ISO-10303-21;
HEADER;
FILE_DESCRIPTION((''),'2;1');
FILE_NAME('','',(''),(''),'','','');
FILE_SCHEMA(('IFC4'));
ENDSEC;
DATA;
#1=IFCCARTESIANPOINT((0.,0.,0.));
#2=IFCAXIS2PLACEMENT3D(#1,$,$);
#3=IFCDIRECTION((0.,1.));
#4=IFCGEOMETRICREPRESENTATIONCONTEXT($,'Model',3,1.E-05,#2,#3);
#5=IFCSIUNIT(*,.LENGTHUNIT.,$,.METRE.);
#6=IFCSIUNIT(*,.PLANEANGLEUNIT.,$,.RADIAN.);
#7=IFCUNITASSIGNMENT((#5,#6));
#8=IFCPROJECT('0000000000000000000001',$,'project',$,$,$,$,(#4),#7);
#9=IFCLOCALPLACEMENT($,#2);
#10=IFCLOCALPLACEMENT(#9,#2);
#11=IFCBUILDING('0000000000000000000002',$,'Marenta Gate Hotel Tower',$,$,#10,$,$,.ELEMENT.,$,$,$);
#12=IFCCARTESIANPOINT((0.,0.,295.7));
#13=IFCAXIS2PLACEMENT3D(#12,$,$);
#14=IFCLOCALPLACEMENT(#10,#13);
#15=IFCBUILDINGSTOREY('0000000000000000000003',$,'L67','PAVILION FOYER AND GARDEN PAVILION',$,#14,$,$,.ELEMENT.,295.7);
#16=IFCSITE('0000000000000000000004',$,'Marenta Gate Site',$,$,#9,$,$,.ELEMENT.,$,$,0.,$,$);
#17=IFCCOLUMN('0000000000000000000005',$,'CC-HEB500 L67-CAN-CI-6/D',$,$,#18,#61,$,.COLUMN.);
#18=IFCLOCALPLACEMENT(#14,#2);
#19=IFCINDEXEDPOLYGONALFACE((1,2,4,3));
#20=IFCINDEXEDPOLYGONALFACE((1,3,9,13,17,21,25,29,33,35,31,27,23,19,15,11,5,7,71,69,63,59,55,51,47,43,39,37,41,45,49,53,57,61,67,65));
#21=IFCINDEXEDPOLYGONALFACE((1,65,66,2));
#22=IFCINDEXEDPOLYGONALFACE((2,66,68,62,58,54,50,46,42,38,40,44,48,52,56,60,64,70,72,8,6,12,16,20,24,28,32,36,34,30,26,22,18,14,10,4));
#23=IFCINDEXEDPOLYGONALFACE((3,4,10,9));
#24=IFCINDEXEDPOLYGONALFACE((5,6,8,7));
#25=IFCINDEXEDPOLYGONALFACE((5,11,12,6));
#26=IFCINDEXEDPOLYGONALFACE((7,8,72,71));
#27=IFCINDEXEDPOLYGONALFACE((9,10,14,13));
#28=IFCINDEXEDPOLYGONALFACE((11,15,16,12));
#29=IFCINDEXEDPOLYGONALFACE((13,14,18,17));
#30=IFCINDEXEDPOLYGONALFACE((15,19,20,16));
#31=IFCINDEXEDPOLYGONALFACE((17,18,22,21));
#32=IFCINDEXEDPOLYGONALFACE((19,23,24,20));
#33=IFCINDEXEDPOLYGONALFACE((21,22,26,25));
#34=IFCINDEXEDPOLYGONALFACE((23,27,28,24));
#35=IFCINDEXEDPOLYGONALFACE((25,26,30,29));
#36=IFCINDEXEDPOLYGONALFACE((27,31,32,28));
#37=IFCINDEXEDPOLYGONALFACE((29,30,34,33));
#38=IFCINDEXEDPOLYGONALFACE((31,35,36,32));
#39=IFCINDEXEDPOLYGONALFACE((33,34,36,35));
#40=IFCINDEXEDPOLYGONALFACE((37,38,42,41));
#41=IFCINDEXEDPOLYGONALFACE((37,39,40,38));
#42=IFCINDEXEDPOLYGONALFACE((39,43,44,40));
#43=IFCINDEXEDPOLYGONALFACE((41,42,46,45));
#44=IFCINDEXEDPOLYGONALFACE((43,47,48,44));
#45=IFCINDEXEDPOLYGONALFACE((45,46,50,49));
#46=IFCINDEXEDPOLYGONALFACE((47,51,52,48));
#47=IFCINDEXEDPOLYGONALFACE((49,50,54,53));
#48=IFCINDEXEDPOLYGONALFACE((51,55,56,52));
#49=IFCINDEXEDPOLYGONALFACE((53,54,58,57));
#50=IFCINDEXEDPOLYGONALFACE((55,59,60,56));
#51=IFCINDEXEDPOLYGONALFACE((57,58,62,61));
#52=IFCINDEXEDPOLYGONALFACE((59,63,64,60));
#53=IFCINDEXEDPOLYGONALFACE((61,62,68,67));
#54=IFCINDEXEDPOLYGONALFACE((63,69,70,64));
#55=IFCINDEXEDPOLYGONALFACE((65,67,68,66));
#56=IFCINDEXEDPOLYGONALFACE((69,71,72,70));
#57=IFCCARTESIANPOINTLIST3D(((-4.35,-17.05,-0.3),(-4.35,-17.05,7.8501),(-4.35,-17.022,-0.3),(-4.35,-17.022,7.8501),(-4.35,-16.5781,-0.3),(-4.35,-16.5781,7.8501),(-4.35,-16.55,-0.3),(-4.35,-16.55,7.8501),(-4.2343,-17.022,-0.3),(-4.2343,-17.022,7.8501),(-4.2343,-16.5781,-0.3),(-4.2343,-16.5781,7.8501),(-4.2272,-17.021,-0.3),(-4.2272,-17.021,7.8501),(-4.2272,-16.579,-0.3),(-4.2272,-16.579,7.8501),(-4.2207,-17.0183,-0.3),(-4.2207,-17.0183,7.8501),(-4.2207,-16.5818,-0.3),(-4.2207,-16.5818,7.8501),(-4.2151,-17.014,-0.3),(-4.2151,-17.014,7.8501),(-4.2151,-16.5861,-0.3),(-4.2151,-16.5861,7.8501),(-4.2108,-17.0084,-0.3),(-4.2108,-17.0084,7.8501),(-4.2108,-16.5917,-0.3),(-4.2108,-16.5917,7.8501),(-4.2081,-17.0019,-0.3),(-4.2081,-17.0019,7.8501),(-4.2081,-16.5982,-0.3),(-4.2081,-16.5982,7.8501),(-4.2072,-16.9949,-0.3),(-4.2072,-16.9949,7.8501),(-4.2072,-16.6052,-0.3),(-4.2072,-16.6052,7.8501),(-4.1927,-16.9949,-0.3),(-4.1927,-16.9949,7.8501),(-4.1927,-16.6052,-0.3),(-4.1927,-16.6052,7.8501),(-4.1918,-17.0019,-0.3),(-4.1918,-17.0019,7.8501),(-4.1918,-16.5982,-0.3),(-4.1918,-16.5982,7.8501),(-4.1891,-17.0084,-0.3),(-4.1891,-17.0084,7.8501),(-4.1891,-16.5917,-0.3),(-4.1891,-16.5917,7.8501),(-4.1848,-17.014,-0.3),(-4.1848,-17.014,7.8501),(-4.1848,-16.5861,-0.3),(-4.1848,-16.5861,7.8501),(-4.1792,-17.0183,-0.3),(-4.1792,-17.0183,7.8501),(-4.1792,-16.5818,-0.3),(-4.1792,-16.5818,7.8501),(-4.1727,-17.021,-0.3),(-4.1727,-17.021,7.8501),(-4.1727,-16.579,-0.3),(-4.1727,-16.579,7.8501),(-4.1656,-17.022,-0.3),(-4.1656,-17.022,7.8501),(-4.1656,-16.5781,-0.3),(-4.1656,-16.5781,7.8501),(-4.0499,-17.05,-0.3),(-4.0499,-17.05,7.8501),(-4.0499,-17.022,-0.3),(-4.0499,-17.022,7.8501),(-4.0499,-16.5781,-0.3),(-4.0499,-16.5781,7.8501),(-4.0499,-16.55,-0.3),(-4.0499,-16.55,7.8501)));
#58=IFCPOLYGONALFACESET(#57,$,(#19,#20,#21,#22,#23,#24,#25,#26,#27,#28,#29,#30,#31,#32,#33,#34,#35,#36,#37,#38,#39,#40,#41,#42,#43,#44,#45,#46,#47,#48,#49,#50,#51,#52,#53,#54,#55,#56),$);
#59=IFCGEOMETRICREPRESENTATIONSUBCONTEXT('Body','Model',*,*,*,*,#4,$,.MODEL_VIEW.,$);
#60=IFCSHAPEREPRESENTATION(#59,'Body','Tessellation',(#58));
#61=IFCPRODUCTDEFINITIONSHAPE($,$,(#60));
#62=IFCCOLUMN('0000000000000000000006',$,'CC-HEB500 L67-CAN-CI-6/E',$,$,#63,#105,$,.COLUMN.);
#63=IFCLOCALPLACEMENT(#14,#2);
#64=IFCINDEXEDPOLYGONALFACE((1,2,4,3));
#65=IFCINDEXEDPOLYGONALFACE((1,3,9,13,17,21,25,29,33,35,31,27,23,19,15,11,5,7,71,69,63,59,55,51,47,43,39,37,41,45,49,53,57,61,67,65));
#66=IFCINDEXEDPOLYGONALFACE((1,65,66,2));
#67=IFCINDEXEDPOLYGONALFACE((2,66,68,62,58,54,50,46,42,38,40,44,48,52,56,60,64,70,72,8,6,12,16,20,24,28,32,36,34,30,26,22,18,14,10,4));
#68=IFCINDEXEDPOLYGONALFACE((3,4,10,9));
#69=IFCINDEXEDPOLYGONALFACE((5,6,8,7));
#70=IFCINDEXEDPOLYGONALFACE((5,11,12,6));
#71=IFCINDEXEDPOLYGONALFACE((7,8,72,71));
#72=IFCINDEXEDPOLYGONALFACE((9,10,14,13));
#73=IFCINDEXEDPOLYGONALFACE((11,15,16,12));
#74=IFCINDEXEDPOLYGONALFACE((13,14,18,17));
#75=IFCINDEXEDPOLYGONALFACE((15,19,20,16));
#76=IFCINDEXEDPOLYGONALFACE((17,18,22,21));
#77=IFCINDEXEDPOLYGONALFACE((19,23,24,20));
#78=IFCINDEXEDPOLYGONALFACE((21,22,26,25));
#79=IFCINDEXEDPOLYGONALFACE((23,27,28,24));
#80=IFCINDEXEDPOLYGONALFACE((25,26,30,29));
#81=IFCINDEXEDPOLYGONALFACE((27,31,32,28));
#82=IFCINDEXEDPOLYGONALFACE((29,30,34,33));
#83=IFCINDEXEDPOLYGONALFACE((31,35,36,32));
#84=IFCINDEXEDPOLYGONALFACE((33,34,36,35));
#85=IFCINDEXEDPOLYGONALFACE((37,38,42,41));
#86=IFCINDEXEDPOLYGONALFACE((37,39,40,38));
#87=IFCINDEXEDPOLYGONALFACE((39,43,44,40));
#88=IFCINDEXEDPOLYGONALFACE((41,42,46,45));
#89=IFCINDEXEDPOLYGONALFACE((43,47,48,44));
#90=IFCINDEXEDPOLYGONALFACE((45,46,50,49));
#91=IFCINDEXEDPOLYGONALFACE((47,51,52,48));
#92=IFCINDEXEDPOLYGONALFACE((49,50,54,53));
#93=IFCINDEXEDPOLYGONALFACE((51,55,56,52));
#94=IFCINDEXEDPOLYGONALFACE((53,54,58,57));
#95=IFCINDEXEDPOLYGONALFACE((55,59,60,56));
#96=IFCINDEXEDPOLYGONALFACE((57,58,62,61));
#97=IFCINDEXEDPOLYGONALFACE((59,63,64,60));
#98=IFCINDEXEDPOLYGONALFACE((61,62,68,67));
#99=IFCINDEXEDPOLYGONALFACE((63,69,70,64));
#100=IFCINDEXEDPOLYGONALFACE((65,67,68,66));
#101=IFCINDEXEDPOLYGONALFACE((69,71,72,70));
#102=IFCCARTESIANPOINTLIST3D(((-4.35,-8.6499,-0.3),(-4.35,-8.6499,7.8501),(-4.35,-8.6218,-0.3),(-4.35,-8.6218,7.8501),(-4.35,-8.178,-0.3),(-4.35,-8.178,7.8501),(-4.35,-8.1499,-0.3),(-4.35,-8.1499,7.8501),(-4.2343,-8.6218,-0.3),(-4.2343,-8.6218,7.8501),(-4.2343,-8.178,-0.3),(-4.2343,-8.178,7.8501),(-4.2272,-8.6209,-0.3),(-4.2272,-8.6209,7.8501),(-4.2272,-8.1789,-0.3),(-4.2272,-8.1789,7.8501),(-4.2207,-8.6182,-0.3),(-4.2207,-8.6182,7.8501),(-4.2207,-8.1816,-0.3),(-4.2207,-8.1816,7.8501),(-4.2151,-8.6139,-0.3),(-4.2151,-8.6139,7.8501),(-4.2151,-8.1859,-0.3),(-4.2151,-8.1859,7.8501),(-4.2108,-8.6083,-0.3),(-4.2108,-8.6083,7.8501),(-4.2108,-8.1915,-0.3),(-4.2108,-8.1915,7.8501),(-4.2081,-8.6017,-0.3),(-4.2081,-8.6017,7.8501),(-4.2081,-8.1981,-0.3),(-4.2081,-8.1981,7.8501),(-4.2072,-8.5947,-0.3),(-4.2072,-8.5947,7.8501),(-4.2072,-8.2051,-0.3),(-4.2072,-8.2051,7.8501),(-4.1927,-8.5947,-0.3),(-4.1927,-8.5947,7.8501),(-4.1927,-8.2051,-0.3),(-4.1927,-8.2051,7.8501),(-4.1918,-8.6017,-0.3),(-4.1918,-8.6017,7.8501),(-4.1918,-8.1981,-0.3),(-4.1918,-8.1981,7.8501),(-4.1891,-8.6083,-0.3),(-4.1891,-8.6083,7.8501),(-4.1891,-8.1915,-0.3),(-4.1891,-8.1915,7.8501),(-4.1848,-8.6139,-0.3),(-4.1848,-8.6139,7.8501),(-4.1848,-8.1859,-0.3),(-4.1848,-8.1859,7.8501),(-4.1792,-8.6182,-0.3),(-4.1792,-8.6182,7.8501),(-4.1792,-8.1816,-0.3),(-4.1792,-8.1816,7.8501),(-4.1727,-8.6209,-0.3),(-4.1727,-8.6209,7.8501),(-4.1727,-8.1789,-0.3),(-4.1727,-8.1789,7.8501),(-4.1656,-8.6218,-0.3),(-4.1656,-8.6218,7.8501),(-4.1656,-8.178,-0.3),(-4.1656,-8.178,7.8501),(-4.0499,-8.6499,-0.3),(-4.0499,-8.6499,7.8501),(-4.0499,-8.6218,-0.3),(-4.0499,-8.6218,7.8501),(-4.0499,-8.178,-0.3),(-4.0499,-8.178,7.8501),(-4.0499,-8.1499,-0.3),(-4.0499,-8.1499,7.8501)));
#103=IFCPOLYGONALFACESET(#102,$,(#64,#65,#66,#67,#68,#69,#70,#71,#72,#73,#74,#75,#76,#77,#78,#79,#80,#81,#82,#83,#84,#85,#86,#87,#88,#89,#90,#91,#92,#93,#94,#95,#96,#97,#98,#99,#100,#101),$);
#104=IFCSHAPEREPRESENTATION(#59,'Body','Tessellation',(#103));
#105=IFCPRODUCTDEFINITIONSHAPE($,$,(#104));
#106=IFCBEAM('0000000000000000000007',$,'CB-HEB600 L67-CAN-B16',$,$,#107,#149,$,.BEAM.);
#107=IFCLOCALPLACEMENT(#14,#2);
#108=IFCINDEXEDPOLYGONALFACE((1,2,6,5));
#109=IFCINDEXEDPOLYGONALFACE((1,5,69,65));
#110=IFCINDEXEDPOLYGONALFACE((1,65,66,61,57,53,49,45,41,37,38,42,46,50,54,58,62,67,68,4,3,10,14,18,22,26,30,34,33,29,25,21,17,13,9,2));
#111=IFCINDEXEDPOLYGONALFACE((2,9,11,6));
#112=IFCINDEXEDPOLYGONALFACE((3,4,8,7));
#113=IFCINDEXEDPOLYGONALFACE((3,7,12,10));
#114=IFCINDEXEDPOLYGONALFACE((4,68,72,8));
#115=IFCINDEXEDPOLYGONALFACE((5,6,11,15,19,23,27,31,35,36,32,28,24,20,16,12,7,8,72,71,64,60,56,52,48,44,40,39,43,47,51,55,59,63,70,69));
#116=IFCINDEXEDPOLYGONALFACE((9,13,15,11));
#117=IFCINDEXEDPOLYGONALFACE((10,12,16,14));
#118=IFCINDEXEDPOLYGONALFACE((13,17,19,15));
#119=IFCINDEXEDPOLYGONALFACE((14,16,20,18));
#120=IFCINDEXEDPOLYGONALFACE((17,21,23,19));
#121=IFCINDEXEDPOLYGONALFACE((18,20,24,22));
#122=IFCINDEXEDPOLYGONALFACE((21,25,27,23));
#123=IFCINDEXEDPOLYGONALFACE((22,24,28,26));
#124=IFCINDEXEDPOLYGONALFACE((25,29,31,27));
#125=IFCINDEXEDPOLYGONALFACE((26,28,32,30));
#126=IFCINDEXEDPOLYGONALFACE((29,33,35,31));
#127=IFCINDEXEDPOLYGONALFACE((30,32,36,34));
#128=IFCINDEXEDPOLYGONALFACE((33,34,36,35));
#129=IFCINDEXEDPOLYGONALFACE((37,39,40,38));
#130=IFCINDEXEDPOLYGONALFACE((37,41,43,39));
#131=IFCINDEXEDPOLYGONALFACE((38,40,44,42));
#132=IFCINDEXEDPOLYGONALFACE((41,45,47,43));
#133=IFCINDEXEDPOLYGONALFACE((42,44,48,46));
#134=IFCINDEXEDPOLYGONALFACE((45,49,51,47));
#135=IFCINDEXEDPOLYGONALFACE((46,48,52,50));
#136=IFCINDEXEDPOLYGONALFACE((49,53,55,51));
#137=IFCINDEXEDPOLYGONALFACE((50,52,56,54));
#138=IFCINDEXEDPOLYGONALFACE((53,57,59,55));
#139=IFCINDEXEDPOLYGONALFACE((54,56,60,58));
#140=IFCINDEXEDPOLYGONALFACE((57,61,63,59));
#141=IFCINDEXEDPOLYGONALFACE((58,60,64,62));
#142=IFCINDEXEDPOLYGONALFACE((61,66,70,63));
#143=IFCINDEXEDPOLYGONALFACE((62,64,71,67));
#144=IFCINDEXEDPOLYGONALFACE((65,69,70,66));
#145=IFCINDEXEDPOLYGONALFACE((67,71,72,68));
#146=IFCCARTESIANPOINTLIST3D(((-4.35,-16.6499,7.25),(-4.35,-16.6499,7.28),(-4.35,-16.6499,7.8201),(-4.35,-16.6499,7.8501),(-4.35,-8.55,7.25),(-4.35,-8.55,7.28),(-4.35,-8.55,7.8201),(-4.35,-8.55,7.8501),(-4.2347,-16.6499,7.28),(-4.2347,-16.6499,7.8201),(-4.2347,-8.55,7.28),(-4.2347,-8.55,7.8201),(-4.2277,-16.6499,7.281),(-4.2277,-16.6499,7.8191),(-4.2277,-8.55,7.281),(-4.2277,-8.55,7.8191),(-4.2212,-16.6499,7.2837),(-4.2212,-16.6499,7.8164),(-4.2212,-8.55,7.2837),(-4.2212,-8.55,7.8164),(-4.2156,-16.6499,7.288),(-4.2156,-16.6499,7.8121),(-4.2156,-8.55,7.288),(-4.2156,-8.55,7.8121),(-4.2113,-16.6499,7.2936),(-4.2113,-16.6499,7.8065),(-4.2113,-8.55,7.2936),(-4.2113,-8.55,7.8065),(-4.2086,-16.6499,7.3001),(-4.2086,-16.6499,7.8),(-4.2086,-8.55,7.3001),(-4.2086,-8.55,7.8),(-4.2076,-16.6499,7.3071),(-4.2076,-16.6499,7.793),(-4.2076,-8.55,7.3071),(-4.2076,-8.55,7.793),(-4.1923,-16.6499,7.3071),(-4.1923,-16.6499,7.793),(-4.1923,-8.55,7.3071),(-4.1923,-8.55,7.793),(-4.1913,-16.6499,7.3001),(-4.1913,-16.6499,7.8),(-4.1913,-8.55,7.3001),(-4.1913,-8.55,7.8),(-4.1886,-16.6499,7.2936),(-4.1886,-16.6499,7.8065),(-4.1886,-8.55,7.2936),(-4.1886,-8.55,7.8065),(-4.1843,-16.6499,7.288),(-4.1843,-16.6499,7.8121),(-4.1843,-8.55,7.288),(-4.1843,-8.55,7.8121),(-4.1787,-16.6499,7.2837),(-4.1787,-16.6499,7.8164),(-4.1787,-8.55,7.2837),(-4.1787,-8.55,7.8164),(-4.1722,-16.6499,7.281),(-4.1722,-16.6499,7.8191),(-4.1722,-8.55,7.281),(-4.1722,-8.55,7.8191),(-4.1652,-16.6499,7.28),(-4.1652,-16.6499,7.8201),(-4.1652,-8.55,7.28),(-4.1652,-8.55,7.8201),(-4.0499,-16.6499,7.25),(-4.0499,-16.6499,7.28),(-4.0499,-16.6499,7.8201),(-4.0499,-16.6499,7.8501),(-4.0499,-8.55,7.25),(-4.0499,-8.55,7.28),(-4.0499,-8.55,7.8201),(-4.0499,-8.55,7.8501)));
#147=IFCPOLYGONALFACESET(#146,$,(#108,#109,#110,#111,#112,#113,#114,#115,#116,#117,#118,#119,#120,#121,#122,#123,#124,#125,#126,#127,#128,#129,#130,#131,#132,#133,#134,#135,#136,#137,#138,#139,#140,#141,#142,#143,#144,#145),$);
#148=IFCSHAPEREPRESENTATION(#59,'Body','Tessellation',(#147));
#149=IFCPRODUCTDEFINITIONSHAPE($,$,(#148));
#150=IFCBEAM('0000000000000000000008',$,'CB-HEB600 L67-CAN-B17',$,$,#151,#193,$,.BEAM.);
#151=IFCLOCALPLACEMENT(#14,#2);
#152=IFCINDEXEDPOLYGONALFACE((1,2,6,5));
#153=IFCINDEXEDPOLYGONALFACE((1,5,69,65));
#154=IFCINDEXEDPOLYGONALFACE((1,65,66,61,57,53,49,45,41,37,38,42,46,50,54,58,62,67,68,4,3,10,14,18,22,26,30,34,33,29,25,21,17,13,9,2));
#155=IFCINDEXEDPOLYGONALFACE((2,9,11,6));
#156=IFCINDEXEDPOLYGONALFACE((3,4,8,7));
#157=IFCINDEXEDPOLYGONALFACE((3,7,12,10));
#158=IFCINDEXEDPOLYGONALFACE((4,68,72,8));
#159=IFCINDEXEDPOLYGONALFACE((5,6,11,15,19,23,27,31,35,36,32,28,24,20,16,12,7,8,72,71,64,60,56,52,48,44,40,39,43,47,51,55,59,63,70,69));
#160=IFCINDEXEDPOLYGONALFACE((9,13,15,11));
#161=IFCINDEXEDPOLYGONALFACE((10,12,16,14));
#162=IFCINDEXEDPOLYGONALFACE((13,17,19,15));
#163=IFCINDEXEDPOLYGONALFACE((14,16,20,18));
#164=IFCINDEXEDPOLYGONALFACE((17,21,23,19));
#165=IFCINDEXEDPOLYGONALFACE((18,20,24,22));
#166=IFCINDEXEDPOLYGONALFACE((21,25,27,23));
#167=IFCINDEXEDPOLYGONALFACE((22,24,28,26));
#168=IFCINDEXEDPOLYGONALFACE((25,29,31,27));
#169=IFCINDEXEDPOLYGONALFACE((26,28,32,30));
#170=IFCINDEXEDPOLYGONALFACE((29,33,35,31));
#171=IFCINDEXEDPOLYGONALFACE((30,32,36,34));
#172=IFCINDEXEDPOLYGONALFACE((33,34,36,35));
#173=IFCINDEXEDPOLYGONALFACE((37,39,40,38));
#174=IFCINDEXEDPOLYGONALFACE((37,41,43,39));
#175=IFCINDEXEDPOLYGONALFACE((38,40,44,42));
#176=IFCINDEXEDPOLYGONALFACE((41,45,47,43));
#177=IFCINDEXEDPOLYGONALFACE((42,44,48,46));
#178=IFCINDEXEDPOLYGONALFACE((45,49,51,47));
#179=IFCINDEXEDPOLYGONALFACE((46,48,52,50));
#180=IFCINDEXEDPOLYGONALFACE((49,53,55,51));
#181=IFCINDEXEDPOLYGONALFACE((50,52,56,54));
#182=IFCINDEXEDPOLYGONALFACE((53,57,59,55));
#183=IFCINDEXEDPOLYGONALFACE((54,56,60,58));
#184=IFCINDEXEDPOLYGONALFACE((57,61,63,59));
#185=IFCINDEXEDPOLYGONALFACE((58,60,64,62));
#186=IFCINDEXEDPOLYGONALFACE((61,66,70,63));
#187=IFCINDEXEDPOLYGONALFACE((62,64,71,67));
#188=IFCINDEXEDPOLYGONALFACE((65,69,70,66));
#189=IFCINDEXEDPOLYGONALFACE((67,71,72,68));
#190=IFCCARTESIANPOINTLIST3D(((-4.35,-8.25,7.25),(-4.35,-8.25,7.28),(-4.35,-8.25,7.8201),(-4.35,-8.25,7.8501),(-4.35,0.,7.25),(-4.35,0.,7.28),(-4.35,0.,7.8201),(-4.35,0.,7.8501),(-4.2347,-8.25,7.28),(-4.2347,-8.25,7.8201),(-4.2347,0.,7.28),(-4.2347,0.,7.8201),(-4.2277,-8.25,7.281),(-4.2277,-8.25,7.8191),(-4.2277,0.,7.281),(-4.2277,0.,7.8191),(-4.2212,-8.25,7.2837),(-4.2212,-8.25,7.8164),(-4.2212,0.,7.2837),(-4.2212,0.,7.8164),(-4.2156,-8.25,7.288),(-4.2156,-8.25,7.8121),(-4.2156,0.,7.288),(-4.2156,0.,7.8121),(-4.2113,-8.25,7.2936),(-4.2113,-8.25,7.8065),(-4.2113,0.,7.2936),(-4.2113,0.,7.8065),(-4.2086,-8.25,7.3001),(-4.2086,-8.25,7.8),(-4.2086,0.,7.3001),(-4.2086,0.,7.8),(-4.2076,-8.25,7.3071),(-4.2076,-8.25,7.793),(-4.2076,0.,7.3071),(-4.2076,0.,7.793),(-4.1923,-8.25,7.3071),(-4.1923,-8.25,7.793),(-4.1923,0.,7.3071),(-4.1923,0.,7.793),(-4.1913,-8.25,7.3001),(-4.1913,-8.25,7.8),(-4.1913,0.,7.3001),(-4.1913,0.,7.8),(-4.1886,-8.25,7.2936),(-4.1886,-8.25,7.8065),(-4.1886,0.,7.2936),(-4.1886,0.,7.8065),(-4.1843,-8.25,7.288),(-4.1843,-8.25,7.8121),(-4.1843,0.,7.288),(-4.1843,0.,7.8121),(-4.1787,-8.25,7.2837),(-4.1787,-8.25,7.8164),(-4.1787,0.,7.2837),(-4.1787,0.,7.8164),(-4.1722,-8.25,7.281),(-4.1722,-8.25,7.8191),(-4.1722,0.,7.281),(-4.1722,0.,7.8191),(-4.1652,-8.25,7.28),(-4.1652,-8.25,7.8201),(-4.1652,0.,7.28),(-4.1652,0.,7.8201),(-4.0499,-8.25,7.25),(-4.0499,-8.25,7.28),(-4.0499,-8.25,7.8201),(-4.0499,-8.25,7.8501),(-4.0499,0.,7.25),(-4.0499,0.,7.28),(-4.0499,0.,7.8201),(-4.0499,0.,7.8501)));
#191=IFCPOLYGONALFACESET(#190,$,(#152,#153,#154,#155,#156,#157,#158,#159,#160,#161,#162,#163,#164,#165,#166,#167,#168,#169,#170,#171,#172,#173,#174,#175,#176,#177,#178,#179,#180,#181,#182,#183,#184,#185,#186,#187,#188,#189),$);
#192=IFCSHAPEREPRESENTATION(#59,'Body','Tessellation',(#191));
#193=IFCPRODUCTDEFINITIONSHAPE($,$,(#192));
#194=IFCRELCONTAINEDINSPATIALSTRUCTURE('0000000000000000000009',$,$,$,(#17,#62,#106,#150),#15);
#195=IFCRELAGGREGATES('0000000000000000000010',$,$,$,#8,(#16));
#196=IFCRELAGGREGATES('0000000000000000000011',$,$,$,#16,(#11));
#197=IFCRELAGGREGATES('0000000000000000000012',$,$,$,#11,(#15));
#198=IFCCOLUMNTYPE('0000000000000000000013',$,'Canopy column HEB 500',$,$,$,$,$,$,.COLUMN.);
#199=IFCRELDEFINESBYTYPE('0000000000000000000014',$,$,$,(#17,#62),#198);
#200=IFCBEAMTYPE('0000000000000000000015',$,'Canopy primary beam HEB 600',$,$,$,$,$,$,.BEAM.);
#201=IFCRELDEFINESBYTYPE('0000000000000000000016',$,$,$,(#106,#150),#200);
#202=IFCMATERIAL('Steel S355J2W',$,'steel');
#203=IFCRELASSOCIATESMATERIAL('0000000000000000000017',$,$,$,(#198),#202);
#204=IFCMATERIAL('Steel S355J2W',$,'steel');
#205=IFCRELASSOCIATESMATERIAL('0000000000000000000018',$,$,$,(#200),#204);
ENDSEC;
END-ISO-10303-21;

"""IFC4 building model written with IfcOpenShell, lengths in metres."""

from ifc_helpers import new_model, si_unit, direction, frame, origin, origin_2d, place, context, subcontext, project, spatial, i_section, extrude, material, material_profile, profile_set, type_object, element, save


model = new_model("IFC4")

# Units and contexts
model_context = context("Model", 3, precision=1e-05, world=origin(), true_north=direction((0.0, 1.0)))
body_context = subcontext(model_context, "Body", "Model", "MODEL_VIEW")
ifc_project = project(units=[si_unit("LENGTHUNIT", "METRE"), si_unit("PLANEANGLEUNIT", "RADIAN")], contexts=[model_context])

# Site, building, storey
site_placement = place(None, origin())
site = spatial("IfcSite", under=ifc_project, at=site_placement, Name="Marenta Gate Site", CompositionType="ELEMENT", RefElevation=0.0)
building_placement = place(site_placement, origin())
building = spatial("IfcBuilding", under=site, at=building_placement, Name="Marenta Gate Hotel Tower", CompositionType="ELEMENT")
storey_placement = place(building_placement, frame((0.0, 0.0, 295.7)))
storey = spatial("IfcBuildingStorey", under=building, at=storey_placement, Name="L67", Description="PAVILION FOYER AND GARDEN PAVILION", CompositionType="ELEMENT", Elevation=295.7)

# Columns
ifc_material_1 = material(Name="Steel S355J2W", Category="steel")
ifc_material_profile_1 = material_profile(ifc_material_1, i_section(OverallWidth=0.3, OverallDepth=0.5, WebThickness=0.0144, FlangeThickness=0.0281, FilletRadius=0.0271, at=origin_2d()), Name="HEB 500")
ifc_profile_set_1 = profile_set([ifc_material_profile_1], Name="Steel S355J2W")
column_type = type_object("IfcColumnType", Name="Canopy column HEB 500", PredefinedType="COLUMN", material=ifc_profile_set_1)
for number, where, z_axis, x_axis, name in (
    (1, (-4.2, -16.8, -0.3), (0.0, 0.0, 1.0), (1.0, 0.0, 0.0), "CC-HEB500 L67-CAN-CI-6/D"),
    (2, (-4.2, -8.3999, -0.3), (0.0, 0.0, 1.0), (1.0, 0.0, 0.0), "CC-HEB500 L67-CAN-CI-6/E"),
):
    element("IfcColumn", number, at=place(storey_placement, frame(where, z_axis=z_axis, x_axis=x_axis)), inside=storey, type_object=column_type, Name=name, PredefinedType="COLUMN", context=body_context, shape_type="SweptSolid", body=[
        extrude(i_section(OverallWidth=0.3, OverallDepth=0.5, WebThickness=0.0144, FlangeThickness=0.0281, FilletRadius=0.0271, at=origin_2d()), origin(), (0.0, 0.0, 1.0), 8.1501),
    ])

# Beams
ifc_material_2 = material(Name="Steel S355J2W", Category="steel")
ifc_material_profile_2 = material_profile(ifc_material_2, i_section(OverallWidth=0.3, OverallDepth=0.6001, WebThickness=0.0154, FlangeThickness=0.03, FilletRadius=0.0271, at=origin_2d()), Name="HEB 600")
ifc_profile_set_2 = profile_set([ifc_material_profile_2], Name="Steel S355J2W")
beam_type_1 = type_object("IfcBeamType", Name="Canopy primary beam HEB 600", PredefinedType="BEAM", material=ifc_profile_set_2)
beam_1_placement = place(storey_placement, frame((-4.2, -16.6499, 7.55), z_axis=(0.0, 1.0, 0.0), x_axis=(-1.0, 0.0, 0.0)))
element("IfcBeam", 3, at=beam_1_placement, inside=storey, type_object=beam_type_1, Name="CB-HEB600 L67-CAN-B16", PredefinedType="BEAM", context=body_context, shape_type="SweptSolid", body=[
    extrude(i_section(OverallWidth=0.3, OverallDepth=0.6001, WebThickness=0.0154, FlangeThickness=0.03, FilletRadius=0.0271, at=origin_2d()), origin(), (0.0, 0.0, 1.0), 8.0999),
])
beam_2_placement = place(storey_placement, frame((-4.2, -8.25, 7.55), z_axis=(0.0, 1.0, 0.0), x_axis=(-1.0, 0.0, 0.0)))
element("IfcBeam", 4, at=beam_2_placement, inside=storey, type_object=beam_type_1, Name="CB-HEB600 L67-CAN-B17", PredefinedType="BEAM", context=body_context, shape_type="SweptSolid", body=[
    extrude(i_section(OverallWidth=0.3, OverallDepth=0.6001, WebThickness=0.0154, FlangeThickness=0.03, FilletRadius=0.0271, at=origin_2d()), origin(), (0.0, 0.0, 1.0), 8.25),
])

save(model, "model.ifc")
